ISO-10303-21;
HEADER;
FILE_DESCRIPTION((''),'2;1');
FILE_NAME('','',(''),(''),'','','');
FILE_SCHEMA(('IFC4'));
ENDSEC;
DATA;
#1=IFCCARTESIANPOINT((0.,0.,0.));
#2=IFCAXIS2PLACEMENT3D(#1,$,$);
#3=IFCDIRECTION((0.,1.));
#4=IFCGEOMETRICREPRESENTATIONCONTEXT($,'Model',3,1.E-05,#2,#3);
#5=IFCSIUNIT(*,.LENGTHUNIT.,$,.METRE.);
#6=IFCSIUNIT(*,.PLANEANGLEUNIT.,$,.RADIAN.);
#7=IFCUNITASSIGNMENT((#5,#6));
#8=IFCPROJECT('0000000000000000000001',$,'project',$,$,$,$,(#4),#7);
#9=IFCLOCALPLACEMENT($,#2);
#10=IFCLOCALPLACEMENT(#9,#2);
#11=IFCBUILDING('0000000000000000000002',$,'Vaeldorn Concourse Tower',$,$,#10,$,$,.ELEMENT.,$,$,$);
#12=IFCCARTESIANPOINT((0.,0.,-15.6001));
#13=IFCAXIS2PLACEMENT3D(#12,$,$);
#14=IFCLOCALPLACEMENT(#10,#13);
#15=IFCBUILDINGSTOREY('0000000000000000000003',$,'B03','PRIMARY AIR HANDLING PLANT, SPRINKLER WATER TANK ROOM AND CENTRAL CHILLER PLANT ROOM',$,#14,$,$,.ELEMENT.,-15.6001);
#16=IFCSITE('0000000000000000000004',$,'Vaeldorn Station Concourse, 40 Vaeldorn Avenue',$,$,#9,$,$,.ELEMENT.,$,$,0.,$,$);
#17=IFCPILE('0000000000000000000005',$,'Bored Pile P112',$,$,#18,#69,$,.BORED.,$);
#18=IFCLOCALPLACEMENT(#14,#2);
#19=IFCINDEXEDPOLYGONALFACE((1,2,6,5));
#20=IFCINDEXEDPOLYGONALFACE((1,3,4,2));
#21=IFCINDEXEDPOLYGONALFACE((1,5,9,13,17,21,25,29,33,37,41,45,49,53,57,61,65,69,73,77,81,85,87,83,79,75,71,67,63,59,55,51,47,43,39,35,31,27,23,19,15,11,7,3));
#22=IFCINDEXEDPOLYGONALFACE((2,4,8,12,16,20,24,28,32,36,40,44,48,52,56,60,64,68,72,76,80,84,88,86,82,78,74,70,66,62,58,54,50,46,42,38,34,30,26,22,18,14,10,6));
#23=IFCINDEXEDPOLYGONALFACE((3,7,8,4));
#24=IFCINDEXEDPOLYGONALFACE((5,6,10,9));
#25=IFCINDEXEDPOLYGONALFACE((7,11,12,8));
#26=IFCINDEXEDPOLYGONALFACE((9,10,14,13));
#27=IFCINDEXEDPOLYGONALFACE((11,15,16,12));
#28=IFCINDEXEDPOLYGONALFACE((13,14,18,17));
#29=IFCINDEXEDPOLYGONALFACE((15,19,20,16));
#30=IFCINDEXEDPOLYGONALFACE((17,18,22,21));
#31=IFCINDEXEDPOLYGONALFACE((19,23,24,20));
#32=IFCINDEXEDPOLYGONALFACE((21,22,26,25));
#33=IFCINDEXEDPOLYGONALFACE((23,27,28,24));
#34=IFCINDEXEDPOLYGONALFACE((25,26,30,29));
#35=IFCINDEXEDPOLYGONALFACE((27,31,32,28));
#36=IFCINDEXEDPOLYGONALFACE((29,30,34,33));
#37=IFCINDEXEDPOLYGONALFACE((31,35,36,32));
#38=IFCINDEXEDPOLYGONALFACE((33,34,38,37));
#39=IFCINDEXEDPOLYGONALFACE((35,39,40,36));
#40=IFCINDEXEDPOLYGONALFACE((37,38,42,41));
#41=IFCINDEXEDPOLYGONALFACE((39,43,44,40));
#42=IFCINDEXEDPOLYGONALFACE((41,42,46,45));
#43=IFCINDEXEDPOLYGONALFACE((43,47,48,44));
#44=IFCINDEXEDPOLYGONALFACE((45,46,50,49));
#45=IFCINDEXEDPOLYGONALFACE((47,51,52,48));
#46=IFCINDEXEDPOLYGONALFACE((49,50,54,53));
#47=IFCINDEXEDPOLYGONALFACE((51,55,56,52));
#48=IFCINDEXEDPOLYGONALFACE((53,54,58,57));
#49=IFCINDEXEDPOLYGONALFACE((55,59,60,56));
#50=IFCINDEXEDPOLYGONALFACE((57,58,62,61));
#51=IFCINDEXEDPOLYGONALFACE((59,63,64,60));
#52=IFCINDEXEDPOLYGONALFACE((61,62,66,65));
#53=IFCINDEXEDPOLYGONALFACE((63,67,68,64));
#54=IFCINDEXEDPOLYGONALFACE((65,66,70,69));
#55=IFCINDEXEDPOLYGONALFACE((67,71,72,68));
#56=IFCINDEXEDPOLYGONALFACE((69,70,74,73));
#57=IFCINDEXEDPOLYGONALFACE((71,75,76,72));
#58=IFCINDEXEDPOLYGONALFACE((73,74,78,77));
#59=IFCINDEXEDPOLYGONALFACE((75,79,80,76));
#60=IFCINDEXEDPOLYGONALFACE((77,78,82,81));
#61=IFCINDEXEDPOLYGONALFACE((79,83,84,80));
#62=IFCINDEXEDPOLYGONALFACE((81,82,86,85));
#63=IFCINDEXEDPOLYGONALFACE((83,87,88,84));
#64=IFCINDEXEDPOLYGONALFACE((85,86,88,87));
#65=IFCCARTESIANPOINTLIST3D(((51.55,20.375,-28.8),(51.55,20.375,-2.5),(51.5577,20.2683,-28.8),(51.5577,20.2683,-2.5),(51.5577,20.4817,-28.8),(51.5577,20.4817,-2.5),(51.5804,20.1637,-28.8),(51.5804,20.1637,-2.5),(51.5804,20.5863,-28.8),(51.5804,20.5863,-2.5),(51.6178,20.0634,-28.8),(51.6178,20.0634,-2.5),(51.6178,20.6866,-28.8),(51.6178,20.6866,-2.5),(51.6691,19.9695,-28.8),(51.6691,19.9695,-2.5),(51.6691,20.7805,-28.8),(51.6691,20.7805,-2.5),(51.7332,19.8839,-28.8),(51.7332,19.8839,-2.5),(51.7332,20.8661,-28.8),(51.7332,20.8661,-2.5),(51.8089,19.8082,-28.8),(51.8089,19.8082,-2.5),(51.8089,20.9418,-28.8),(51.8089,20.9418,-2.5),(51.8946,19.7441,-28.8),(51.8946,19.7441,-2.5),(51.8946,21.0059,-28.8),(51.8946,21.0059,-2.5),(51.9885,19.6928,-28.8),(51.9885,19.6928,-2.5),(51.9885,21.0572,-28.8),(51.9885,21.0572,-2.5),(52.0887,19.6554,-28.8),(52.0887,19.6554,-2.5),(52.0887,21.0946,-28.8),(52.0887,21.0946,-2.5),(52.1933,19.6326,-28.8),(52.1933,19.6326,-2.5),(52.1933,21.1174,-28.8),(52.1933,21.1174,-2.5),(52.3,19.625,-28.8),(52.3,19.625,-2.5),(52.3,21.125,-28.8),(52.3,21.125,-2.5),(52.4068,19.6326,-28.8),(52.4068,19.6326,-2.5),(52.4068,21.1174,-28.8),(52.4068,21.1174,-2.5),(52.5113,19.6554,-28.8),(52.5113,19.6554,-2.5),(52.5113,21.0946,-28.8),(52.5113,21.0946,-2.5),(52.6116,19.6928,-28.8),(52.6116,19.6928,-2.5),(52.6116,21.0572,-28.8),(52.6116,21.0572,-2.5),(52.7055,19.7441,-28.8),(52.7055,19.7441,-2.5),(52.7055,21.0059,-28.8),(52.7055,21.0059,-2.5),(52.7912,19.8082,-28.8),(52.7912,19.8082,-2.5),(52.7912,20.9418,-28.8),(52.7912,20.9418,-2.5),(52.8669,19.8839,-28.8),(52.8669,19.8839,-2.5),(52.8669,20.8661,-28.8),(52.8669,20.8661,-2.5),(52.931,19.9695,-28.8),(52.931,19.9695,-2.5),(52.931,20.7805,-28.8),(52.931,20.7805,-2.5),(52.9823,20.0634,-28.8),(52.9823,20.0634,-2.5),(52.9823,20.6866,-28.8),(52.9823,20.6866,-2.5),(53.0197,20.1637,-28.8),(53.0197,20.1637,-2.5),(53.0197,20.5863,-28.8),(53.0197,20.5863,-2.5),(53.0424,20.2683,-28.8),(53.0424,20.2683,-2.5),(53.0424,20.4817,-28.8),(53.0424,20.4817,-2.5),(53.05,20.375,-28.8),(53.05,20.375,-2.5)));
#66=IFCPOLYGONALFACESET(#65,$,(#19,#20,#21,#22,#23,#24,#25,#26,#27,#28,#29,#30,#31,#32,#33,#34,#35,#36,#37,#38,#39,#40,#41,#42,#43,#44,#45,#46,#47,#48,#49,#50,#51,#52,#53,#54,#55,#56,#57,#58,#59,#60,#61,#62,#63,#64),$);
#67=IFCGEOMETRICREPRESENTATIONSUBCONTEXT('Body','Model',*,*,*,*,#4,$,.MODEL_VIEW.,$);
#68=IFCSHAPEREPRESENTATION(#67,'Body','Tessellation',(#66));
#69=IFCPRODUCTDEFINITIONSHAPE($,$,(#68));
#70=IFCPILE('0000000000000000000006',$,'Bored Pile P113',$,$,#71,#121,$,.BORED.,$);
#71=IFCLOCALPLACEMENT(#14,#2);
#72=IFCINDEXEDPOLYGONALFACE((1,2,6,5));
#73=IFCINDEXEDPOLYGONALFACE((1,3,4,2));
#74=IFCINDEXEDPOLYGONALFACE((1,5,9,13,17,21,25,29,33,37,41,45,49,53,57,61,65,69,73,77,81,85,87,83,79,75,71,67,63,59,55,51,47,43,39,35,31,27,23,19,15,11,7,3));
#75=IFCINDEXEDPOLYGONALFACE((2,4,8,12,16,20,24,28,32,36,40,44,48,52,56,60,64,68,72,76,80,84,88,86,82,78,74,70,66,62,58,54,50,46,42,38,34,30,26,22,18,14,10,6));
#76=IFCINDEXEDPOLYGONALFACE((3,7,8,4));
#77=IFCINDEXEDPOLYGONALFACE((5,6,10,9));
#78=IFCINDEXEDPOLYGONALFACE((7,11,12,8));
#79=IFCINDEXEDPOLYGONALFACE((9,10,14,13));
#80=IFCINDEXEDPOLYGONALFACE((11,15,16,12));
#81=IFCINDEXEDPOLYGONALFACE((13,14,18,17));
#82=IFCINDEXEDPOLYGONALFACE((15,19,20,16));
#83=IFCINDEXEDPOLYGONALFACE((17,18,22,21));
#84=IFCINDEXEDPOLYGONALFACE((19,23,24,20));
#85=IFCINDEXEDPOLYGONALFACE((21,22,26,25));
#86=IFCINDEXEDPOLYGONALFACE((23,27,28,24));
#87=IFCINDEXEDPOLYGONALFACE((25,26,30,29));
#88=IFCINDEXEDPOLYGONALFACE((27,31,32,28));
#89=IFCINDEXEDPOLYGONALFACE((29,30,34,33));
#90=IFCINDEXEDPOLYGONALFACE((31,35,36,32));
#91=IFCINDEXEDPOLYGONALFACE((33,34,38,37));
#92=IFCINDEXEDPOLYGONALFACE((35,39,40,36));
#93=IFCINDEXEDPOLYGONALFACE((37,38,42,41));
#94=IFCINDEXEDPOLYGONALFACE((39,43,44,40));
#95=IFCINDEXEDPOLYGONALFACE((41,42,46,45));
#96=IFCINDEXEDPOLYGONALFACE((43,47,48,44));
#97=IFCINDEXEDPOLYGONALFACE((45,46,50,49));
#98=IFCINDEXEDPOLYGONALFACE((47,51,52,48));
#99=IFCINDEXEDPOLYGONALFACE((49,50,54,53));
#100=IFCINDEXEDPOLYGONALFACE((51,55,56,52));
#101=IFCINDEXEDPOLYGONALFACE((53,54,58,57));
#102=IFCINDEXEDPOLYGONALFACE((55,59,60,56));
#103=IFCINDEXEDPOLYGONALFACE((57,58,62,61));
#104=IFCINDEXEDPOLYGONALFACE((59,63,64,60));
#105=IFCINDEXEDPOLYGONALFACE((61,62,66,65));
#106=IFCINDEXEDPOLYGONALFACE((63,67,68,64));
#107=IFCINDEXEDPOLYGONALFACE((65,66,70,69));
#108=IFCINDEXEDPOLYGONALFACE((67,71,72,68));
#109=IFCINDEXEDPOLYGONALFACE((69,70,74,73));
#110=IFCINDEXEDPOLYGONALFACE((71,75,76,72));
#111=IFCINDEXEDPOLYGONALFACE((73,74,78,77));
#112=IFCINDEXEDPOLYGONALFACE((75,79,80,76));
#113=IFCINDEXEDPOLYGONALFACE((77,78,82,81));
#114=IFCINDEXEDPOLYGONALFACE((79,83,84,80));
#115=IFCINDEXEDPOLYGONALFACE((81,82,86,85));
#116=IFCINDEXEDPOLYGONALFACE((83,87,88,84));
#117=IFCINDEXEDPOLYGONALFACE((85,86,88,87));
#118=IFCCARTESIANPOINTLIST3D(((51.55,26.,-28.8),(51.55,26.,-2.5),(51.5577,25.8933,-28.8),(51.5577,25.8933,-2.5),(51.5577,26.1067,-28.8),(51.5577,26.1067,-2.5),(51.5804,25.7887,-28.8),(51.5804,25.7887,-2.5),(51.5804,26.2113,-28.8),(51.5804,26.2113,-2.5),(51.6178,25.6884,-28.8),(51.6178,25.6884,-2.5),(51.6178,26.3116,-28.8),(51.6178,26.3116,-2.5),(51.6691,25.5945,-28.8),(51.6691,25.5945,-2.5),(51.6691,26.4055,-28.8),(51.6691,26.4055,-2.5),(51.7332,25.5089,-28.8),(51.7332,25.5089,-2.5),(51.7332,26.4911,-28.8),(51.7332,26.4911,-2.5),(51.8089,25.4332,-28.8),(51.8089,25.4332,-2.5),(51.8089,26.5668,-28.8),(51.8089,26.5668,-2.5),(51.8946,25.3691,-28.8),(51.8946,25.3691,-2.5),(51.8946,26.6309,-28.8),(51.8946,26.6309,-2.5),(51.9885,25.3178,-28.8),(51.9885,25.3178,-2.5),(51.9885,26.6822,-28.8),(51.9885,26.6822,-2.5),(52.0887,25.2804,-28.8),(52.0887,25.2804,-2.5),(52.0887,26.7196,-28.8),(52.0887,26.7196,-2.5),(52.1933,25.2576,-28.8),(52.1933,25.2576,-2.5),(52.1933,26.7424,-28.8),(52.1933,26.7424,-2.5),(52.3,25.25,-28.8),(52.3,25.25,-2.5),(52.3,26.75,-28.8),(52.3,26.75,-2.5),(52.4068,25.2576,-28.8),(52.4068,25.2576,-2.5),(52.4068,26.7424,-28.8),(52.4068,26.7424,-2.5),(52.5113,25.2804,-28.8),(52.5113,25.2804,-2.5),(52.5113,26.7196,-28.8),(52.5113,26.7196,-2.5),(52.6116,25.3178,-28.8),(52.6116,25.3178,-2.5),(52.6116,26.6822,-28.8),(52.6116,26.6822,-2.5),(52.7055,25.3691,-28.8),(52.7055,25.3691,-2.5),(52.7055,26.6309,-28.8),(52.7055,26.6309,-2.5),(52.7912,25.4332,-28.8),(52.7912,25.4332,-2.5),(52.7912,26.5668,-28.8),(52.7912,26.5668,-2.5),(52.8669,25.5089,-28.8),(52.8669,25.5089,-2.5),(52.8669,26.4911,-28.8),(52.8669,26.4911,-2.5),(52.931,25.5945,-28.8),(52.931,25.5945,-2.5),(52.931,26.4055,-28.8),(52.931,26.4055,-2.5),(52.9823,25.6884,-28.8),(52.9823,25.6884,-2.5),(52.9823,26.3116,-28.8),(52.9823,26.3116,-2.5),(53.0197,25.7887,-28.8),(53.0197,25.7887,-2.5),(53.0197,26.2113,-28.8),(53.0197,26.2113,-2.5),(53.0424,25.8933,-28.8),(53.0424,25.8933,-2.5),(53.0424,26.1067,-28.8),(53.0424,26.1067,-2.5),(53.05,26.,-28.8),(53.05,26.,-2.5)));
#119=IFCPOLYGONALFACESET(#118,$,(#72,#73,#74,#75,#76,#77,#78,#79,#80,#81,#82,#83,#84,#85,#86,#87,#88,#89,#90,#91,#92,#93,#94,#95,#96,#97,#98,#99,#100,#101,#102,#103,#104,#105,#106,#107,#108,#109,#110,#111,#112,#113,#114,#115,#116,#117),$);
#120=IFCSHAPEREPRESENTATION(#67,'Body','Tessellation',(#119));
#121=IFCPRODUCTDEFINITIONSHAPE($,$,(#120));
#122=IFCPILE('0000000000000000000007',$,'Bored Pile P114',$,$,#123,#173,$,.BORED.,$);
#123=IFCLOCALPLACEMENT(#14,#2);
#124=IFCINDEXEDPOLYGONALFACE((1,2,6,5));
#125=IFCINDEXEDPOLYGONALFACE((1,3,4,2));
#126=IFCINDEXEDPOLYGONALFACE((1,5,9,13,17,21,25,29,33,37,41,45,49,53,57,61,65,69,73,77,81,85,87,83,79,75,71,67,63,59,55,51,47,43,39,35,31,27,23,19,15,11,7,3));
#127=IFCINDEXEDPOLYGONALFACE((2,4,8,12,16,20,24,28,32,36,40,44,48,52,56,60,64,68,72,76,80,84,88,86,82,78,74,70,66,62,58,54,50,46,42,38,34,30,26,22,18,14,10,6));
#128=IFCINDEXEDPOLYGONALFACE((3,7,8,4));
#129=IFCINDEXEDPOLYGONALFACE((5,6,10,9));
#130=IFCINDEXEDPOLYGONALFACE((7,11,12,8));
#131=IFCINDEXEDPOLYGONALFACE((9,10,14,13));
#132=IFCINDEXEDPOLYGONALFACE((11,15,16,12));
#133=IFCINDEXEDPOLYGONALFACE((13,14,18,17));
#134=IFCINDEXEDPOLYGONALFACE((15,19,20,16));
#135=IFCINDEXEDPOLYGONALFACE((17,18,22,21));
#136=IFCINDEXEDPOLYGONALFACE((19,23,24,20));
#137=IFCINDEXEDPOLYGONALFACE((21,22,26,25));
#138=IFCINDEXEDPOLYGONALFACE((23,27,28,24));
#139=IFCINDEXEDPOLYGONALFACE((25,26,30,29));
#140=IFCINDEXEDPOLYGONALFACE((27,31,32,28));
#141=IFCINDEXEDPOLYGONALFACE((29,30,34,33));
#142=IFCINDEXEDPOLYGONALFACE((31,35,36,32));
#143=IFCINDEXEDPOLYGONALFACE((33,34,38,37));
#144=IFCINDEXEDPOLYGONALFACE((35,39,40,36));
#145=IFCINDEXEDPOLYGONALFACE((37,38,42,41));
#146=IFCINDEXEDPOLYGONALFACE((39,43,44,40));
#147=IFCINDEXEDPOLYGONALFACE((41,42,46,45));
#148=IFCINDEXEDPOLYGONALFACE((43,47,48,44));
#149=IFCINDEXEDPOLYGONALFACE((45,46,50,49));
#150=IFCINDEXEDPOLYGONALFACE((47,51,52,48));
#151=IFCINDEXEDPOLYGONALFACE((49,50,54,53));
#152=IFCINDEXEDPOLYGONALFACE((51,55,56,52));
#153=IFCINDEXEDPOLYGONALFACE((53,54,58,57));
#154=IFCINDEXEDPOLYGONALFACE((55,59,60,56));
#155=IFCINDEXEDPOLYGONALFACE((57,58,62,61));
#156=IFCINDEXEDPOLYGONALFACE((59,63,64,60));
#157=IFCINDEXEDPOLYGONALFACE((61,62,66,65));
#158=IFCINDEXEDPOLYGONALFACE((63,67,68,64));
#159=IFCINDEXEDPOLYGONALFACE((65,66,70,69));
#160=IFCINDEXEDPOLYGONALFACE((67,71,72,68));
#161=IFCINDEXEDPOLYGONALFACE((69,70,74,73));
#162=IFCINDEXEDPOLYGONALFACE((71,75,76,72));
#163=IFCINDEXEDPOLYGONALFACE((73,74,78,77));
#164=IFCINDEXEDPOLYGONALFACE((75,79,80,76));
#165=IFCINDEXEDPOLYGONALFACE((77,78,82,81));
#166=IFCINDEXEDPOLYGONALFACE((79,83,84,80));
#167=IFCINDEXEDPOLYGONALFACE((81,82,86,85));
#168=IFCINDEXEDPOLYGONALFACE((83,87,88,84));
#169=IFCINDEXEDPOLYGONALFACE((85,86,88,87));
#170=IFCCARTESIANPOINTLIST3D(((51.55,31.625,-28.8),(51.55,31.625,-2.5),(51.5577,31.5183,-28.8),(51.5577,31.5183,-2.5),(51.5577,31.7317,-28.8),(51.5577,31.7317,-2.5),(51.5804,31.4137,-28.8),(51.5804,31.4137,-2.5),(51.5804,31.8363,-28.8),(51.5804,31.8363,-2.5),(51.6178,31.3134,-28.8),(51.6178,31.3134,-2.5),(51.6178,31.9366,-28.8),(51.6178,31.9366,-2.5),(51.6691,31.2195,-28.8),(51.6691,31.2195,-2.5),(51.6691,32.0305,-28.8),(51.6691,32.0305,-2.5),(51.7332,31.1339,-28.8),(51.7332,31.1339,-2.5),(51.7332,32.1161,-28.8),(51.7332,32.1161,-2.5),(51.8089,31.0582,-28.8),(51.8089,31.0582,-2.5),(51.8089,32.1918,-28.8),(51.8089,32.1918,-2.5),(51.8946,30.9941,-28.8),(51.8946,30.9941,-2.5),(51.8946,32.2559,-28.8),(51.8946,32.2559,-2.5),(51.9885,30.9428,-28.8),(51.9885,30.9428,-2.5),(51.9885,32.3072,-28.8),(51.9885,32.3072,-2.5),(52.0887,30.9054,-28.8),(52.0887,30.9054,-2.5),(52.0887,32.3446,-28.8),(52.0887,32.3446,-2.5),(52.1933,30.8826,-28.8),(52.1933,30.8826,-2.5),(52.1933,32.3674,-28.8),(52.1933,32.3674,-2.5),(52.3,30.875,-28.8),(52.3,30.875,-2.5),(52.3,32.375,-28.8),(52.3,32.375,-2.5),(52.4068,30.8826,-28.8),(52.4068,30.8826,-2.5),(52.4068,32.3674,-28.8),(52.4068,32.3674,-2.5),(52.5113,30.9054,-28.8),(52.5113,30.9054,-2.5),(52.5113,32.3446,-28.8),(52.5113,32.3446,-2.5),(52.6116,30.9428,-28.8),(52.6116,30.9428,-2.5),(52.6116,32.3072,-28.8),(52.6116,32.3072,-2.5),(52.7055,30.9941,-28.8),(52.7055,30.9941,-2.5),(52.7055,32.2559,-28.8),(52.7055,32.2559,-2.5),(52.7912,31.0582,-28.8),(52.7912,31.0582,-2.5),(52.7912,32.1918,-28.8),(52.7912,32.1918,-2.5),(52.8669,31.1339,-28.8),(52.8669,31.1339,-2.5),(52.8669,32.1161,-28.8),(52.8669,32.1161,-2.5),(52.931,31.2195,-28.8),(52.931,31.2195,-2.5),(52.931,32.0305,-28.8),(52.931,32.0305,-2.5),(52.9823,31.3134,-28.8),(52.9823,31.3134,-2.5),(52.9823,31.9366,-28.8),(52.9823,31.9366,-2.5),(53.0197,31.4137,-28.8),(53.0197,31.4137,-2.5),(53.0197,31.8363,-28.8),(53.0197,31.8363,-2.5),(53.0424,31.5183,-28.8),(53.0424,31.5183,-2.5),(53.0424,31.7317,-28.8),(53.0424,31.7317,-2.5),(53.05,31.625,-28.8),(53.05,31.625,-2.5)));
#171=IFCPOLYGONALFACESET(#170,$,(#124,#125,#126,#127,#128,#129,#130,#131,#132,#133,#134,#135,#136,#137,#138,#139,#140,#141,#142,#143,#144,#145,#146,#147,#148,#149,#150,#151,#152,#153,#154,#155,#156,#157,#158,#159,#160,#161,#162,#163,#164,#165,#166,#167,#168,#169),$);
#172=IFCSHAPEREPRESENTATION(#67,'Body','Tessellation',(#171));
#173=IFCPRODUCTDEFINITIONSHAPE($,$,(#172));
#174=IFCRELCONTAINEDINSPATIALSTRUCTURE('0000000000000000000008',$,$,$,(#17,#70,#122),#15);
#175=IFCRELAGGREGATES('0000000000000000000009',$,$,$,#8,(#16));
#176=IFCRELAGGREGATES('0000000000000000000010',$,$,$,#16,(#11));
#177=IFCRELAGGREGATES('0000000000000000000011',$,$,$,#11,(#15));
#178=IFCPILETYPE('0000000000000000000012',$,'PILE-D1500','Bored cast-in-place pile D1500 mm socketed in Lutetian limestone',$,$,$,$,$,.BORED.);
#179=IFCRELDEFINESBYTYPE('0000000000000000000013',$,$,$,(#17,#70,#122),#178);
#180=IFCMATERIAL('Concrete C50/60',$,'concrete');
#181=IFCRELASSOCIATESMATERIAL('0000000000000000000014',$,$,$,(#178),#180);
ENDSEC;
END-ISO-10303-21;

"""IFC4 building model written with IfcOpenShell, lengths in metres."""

from ifc_helpers import new_model, si_unit, direction, frame, origin, origin_2d, place, context, subcontext, project, spatial, circle, extrude, material, material_profile, profile_set, type_object, element, save


model = new_model("IFC4")

# Units and contexts
model_context = context("Model", 3, precision=1e-05, world=origin(), true_north=direction((0.0, 1.0)))
body_context = subcontext(model_context, "Body", "Model", "MODEL_VIEW")
ifc_project = project(units=[si_unit("LENGTHUNIT", "METRE"), si_unit("PLANEANGLEUNIT", "RADIAN")], contexts=[model_context])

# Site, building, storey
site_placement = place(None, origin())
site = spatial("IfcSite", under=ifc_project, at=site_placement, Name="Vaeldorn Station Concourse, 40 Vaeldorn Avenue", CompositionType="ELEMENT", RefElevation=0.0)
building_placement = place(site_placement, origin())
building = spatial("IfcBuilding", under=site, at=building_placement, Name="Vaeldorn Concourse Tower", CompositionType="ELEMENT")
storey_placement = place(building_placement, frame((0.0, 0.0, -15.6001)))
storey = spatial("IfcBuildingStorey", under=building, at=storey_placement, Name="B03", Description="PRIMARY AIR HANDLING PLANT, SPRINKLER WATER TANK ROOM AND CENTRAL CHILLER PLANT ROOM", CompositionType="ELEMENT", Elevation=-15.6001)

# Piles
ifc_material_1 = material(Name="Concrete C50/60", Category="concrete")
ifc_material_profile_1 = material_profile(ifc_material_1, circle(Radius=0.75, at=origin_2d()), Name="BORED PILE D1500")
ifc_profile_set_1 = profile_set([ifc_material_profile_1], Name="Concrete C50/60")
pile_type = type_object("IfcPileType", Name="PILE-D1500", Description="Bored cast-in-place pile D1500 mm socketed in Lutetian limestone", PredefinedType="BORED", material=ifc_profile_set_1)
for number, where, z_axis, x_axis, name in (
    (1, (52.3, 20.375, -2.5), (0.0, 0.0, -1.0), (1.0, 0.0, 0.0), "Bored Pile P112"),
    (2, (52.3, 26.0, -2.5), (0.0, 0.0, -1.0), (1.0, 0.0, 0.0), "Bored Pile P113"),
    (3, (52.3, 31.625, -2.5), (0.0, 0.0, -1.0), (1.0, 0.0, 0.0), "Bored Pile P114"),
):
    element("IfcPile", number, at=place(storey_placement, frame(where, z_axis=z_axis, x_axis=x_axis)), inside=storey, type_object=pile_type, Name=name, PredefinedType="BORED", context=body_context, shape_type="SweptSolid", body=[
        extrude(circle(Radius=0.75, at=origin_2d()), origin(), (0.0, 0.0, 1.0), 26.3),
    ])

save(model, "model.ifc")
